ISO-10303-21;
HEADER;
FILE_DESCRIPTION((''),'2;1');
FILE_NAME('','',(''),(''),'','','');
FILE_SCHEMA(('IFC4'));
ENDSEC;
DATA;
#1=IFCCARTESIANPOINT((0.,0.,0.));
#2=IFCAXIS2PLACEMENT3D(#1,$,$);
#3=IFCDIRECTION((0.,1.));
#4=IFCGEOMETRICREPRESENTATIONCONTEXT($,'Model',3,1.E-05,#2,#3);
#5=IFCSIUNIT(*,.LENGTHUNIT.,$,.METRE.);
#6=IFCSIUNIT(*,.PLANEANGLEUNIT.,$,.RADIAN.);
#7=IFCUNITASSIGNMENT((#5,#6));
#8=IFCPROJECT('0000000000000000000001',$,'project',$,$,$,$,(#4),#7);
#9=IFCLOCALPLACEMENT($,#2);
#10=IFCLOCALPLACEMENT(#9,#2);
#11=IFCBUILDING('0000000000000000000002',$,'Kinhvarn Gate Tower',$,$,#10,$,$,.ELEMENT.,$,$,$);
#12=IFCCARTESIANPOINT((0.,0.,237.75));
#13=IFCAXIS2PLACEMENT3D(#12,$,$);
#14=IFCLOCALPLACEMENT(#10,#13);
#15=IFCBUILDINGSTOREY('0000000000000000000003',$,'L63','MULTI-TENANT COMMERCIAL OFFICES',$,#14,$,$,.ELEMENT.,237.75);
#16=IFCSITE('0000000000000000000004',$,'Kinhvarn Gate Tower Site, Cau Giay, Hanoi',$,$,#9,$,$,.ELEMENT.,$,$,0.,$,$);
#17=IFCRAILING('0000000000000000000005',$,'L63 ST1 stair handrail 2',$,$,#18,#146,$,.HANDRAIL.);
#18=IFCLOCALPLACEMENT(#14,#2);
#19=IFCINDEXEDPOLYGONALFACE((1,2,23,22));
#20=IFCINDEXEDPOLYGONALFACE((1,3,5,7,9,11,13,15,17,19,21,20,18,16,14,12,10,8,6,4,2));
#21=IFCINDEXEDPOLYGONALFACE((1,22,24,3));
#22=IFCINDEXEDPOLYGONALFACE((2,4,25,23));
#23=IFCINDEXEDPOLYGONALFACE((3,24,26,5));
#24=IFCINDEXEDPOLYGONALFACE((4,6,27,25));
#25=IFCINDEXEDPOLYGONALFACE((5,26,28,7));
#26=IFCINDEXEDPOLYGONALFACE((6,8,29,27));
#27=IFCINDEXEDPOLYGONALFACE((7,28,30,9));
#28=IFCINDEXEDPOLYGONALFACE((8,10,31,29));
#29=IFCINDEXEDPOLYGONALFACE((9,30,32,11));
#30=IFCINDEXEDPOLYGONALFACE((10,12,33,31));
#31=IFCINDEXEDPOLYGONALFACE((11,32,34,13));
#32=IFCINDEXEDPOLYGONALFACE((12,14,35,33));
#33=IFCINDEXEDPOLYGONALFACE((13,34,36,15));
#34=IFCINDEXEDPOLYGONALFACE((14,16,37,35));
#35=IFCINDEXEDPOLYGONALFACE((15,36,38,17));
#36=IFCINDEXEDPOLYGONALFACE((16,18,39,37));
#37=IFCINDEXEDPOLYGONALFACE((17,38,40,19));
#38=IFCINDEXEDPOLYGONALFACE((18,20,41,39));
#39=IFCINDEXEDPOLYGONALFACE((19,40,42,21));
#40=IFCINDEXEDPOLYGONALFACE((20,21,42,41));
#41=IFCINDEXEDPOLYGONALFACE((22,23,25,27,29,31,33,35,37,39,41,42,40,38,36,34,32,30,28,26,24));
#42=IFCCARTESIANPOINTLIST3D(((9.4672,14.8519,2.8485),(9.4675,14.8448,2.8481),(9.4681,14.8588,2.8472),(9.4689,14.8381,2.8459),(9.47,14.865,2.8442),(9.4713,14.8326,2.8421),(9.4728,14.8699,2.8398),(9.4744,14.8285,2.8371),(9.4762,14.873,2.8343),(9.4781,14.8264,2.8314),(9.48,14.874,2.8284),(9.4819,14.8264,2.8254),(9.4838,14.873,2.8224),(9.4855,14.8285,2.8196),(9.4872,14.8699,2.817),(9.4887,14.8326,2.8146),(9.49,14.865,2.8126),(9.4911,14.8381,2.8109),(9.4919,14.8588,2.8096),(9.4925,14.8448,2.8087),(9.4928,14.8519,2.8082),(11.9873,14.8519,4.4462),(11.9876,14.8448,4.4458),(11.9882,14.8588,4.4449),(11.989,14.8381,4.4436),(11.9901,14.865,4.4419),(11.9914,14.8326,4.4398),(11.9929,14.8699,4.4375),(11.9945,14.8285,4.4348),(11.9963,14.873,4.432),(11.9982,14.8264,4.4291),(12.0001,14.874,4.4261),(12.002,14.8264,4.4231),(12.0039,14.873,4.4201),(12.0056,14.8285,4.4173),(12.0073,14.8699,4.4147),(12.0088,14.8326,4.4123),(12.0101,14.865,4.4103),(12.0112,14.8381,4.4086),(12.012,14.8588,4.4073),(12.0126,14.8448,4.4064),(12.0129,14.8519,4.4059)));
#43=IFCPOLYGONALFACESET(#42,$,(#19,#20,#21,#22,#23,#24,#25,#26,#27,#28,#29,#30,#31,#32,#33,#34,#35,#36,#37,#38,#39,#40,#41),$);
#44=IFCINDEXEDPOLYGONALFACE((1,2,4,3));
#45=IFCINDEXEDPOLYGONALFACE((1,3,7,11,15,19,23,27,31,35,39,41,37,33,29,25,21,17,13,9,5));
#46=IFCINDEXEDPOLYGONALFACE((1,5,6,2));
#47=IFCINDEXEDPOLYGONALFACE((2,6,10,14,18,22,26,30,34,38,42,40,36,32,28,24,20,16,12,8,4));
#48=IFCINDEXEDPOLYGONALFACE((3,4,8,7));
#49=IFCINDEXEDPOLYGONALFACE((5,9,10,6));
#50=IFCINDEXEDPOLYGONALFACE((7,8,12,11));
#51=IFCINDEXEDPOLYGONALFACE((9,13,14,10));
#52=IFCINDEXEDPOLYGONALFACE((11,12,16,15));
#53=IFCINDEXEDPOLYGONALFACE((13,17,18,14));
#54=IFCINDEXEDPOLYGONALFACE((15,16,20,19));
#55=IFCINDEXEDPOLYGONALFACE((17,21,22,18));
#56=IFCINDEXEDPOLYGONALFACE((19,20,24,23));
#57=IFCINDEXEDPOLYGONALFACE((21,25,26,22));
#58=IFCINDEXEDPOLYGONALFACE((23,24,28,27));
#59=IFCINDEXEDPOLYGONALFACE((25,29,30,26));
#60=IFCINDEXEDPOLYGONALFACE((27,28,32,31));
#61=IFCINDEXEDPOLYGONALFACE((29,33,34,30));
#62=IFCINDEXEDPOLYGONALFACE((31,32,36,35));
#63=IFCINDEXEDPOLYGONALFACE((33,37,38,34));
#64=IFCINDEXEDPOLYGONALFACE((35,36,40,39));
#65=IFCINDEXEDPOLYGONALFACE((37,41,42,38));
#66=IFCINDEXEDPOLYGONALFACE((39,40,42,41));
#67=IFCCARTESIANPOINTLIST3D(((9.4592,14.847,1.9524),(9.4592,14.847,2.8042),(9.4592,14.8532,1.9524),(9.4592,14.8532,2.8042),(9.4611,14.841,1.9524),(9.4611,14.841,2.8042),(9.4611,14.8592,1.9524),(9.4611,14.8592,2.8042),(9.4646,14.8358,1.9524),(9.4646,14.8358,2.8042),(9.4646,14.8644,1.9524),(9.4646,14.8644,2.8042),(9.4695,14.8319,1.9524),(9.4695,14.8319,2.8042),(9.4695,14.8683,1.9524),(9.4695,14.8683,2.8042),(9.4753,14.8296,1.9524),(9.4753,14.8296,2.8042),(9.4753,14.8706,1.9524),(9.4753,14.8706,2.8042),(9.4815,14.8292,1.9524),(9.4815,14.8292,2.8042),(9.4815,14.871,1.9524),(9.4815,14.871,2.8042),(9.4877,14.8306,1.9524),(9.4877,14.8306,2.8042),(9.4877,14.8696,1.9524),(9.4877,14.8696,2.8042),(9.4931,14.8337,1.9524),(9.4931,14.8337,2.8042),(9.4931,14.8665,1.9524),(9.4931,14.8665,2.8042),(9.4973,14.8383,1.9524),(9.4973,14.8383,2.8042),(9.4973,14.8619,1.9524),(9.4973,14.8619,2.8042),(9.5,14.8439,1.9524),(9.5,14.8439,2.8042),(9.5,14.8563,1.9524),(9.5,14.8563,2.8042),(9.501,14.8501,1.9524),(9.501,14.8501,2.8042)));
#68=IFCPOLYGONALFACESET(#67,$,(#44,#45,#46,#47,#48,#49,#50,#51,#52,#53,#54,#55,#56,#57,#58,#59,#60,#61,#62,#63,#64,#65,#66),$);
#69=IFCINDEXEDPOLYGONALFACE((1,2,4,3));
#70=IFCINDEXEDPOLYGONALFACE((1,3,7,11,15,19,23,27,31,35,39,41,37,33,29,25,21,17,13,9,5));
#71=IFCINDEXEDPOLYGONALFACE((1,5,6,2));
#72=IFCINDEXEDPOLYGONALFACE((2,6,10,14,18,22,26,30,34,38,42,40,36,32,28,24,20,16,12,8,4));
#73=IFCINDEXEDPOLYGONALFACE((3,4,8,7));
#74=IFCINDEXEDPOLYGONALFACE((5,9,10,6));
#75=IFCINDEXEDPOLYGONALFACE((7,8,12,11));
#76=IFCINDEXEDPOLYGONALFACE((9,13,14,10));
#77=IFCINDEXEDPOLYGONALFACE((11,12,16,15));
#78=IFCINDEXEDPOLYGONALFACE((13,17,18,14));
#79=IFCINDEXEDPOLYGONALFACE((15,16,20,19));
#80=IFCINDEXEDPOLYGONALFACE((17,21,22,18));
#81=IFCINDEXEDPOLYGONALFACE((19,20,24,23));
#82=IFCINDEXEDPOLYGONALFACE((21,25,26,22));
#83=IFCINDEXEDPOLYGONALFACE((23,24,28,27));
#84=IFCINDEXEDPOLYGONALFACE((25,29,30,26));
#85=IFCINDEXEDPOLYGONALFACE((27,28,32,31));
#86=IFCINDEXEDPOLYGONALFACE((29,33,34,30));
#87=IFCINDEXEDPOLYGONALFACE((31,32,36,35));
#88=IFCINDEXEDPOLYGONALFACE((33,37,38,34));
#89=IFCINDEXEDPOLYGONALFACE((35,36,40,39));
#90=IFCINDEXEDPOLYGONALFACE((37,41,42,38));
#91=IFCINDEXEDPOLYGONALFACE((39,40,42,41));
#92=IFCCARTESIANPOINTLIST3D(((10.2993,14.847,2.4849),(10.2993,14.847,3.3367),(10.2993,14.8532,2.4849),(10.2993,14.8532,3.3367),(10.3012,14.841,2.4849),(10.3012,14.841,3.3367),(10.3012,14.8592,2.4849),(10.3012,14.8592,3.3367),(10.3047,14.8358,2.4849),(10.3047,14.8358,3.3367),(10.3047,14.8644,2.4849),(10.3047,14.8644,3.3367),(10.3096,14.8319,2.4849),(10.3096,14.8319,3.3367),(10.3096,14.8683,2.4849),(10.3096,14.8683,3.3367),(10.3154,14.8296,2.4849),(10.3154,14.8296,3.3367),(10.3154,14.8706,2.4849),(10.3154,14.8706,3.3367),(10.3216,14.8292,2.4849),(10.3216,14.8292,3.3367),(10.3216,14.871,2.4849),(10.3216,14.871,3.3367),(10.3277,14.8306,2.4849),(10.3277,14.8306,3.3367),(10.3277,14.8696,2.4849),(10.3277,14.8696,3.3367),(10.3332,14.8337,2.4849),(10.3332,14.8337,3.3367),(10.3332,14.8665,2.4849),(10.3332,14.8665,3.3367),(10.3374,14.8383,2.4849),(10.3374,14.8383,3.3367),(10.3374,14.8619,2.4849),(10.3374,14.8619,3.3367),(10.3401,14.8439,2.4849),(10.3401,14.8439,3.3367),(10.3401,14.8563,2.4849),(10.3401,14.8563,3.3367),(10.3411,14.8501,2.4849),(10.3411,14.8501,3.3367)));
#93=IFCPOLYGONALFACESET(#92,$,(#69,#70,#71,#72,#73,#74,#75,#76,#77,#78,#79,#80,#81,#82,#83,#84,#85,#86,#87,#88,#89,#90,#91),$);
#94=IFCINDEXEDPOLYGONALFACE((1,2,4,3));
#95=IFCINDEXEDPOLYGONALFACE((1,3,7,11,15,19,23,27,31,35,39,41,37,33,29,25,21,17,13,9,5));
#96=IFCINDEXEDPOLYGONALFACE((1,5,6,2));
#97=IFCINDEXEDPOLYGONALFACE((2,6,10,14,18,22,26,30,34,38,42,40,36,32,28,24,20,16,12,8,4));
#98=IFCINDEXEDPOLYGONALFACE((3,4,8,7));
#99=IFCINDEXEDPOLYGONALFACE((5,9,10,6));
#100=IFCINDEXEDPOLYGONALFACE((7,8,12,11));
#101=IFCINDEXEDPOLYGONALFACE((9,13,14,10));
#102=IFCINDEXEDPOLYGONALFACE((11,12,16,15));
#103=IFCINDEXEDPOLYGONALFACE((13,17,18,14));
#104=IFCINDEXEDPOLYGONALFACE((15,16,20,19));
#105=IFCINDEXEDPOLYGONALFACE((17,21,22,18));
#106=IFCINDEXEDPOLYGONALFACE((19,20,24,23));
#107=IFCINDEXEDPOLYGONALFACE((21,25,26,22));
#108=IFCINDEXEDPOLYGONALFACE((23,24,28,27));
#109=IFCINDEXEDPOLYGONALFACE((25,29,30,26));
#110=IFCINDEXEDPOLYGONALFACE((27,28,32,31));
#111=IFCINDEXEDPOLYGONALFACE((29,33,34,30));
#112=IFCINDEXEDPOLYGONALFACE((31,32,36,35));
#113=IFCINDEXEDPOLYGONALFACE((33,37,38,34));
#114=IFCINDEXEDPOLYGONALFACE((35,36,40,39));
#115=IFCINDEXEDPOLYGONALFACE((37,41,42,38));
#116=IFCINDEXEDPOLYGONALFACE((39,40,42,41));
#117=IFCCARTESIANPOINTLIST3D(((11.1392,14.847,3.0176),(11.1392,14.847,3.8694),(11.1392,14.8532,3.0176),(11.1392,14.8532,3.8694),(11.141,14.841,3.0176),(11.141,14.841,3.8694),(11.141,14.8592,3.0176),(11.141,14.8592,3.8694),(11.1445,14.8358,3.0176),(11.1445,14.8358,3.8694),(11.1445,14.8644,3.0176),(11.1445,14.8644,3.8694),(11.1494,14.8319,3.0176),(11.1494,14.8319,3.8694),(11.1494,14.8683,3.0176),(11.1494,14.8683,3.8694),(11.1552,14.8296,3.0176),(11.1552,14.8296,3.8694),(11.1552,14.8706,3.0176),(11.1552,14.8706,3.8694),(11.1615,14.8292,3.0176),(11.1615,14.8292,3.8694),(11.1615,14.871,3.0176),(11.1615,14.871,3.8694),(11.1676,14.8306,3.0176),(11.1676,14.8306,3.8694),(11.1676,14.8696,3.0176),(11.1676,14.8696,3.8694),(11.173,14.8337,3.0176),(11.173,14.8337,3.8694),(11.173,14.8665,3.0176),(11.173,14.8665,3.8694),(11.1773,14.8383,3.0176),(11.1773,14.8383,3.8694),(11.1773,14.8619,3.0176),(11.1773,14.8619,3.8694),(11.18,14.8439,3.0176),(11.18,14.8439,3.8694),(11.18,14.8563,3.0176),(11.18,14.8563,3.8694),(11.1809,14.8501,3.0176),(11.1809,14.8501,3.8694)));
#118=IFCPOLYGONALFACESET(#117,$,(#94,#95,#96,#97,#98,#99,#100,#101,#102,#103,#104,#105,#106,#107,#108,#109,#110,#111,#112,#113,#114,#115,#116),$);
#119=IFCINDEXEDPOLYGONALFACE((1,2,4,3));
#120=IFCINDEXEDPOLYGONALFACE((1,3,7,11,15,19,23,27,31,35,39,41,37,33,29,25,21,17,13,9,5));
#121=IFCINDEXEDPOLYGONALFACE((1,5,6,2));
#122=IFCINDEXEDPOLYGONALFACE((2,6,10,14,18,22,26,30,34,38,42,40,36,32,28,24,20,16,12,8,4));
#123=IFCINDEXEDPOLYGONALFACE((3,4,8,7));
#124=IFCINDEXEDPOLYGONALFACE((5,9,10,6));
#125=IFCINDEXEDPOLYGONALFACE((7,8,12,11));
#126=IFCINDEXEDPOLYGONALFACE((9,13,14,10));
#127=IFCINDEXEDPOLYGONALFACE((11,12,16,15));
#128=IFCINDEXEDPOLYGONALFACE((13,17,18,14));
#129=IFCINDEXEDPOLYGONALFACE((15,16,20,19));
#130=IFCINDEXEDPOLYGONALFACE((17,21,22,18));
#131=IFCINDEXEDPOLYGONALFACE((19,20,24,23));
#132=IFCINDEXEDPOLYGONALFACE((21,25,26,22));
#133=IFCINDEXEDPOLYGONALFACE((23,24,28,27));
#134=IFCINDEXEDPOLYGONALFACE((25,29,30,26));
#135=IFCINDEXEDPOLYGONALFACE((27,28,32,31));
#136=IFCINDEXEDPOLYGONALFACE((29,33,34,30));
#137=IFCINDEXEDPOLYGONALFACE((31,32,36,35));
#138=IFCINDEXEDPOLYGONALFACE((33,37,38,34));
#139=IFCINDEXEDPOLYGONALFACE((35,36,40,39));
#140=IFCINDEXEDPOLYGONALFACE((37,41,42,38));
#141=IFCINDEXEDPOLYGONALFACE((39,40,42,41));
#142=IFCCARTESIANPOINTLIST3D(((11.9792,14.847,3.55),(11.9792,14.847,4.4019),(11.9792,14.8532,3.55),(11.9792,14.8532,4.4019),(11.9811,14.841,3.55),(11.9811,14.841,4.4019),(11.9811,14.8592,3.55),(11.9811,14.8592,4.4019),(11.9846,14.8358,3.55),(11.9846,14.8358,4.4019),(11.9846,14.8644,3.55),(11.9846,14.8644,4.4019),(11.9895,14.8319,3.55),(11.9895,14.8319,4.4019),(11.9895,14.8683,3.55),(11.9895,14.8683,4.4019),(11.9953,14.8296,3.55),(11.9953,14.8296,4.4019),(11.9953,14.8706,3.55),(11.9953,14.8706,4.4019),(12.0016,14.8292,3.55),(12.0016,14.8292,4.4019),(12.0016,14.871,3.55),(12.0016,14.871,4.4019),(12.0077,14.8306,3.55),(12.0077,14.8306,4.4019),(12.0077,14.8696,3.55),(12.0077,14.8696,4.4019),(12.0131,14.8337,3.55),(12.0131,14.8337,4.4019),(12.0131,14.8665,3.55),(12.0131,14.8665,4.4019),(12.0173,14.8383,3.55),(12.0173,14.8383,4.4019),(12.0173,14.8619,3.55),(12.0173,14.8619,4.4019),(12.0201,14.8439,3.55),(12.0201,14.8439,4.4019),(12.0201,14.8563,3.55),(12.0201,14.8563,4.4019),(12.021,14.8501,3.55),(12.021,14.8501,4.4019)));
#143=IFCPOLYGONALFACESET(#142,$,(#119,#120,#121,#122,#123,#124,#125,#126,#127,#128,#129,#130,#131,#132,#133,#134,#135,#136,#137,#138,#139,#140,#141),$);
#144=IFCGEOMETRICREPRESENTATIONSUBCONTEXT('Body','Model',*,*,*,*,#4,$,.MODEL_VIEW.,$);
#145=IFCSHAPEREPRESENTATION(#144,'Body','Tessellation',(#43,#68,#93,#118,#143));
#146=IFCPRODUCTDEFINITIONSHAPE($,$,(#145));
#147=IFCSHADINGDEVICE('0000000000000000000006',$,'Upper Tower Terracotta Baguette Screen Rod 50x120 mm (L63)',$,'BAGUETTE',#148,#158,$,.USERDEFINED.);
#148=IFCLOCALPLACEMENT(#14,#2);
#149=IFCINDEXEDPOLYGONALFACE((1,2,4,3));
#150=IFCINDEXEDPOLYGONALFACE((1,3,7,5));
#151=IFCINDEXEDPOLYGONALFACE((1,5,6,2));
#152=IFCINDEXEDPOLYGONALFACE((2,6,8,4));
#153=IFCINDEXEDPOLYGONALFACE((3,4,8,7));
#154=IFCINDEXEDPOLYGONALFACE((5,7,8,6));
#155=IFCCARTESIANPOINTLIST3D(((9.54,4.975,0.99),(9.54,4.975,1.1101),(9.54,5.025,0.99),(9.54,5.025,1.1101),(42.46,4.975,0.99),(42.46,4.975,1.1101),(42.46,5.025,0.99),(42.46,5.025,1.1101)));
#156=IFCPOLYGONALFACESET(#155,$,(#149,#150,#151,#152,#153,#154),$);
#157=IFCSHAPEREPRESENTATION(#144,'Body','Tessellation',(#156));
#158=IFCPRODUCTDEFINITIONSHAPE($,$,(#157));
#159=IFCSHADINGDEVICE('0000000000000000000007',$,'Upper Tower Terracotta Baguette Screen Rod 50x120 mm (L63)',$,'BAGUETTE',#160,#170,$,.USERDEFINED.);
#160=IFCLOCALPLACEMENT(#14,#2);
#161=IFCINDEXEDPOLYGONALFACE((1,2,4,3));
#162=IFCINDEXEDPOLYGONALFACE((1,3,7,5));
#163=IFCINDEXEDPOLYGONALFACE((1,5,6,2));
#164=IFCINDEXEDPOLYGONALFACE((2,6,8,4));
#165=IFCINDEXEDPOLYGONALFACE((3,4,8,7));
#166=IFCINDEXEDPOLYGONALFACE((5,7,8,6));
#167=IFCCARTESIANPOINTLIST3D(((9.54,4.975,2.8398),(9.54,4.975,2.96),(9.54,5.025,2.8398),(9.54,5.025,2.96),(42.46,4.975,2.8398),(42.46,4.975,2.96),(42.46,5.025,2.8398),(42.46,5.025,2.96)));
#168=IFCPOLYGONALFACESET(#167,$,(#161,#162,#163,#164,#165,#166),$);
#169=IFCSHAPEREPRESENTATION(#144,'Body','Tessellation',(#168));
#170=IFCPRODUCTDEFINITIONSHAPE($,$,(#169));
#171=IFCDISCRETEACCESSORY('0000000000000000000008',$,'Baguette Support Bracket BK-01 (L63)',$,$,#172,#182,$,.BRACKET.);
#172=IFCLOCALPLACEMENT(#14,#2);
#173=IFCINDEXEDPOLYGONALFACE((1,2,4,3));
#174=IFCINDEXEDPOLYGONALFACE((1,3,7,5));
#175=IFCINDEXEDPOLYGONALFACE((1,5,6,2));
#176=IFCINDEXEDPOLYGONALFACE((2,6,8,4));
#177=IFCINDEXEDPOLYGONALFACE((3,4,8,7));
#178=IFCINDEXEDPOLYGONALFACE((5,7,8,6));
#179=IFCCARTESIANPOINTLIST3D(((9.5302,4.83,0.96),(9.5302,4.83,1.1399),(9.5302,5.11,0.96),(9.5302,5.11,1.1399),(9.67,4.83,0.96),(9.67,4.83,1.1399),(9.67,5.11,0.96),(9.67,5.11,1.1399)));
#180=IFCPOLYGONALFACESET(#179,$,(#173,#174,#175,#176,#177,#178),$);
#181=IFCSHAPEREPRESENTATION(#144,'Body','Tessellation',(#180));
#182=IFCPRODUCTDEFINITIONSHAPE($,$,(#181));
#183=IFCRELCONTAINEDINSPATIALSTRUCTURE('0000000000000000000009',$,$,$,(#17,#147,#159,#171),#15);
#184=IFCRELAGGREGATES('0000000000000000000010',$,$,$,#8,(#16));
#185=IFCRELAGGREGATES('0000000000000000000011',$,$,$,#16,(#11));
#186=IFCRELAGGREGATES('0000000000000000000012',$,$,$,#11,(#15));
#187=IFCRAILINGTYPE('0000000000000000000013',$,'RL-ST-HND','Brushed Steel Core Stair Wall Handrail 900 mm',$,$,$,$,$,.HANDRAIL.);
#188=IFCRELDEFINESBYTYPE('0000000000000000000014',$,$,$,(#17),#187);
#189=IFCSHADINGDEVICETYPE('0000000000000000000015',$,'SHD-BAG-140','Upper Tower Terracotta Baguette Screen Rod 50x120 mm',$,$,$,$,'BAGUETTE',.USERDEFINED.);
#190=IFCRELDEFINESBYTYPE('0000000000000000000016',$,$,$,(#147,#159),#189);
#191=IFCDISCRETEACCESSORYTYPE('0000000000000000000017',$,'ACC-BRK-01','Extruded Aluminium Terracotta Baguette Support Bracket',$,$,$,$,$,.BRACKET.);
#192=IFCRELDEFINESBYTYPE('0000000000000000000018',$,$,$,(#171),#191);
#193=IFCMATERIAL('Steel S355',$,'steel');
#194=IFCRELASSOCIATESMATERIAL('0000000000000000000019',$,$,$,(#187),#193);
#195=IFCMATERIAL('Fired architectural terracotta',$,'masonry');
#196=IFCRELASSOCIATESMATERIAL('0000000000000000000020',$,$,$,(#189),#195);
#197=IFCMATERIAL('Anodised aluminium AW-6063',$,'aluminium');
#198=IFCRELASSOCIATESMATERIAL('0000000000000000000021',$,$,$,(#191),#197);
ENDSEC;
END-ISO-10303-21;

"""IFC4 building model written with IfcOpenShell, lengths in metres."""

from ifc_helpers import new_model, si_unit, direction, frame, origin, origin_2d, place, context, subcontext, project, spatial, rectangle, circle, extrude, material, material_profile, profile_set, type_object, element, save


model = new_model("IFC4")

# Units and contexts
model_context = context("Model", 3, precision=1e-05, world=origin(), true_north=direction((0.0, 1.0)))
body_context = subcontext(model_context, "Body", "Model", "MODEL_VIEW")
ifc_project = project(units=[si_unit("LENGTHUNIT", "METRE"), si_unit("PLANEANGLEUNIT", "RADIAN")], contexts=[model_context])

# Site, building, storey
site_placement = place(None, origin())
site = spatial("IfcSite", under=ifc_project, at=site_placement, Name="Kinhvarn Gate Tower Site, Cau Giay, Hanoi", CompositionType="ELEMENT", RefElevation=0.0)
building_placement = place(site_placement, origin())
building = spatial("IfcBuilding", under=site, at=building_placement, Name="Kinhvarn Gate Tower", CompositionType="ELEMENT")
storey_placement = place(building_placement, frame((0.0, 0.0, 237.75)))
storey = spatial("IfcBuildingStorey", under=building, at=storey_placement, Name="L63", Description="MULTI-TENANT COMMERCIAL OFFICES", CompositionType="ELEMENT", Elevation=237.75)

# Shared definitions
ifc_material_1 = material(Name="Anodised aluminium AW-6063", Category="aluminium")

# Shared definitions
ifc_material_2 = material(Name="Steel S355", Category="steel")

# Shared definitions
ifc_material_3 = material(Name="Fired architectural terracotta", Category="masonry")

# Railing
railing_type_1 = type_object("IfcRailingType", Name="RL-ST-HND", Description="Brushed Steel Core Stair Wall Handrail 900 mm", PredefinedType="HANDRAIL", material=ifc_material_2)
railing_1_placement = place(storey_placement, frame((9.48, 14.8501, 1.9524)))
element("IfcRailing", 1, at=railing_1_placement, inside=storey, type_object=railing_type_1, Name="L63 ST1 stair handrail 2", PredefinedType="HANDRAIL", context=body_context, shape_type="SweptSolid", body=[
    extrude(circle(Radius=0.0239, at=origin_2d()), frame((0.0, 0.0, 0.876), z_axis=(0.84457, 0.0, 0.535445), x_axis=(0.0, 1.0, 0.0)), (0.0, 0.0, 1.0), 2.9839),
    extrude(circle(Radius=0.021, at=origin_2d()), origin(), (0.0, 0.0, 1.0), 0.8518),
    extrude(circle(Radius=0.021, at=origin_2d()), frame((0.8401, 0.0, 0.5325)), (0.0, 0.0, 1.0), 0.8518),
    extrude(circle(Radius=0.021, at=origin_2d()), frame((1.6799, 0.0, 1.0652)), (0.0, 0.0, 1.0), 0.8518),
    extrude(circle(Radius=0.021, at=origin_2d()), frame((2.52, 0.0, 1.5977)), (0.0, 0.0, 1.0), 0.8518),
])

# Shading devices
ifc_material_profile_1 = material_profile(ifc_material_3, rectangle(XDim=0.05, YDim=0.1201, at=origin_2d()), Name="TC 50x120")
ifc_profile_set_1 = profile_set([ifc_material_profile_1], Name="Fired architectural terracotta")
shading_device_type = type_object("IfcShadingDeviceType", Name="SHD-BAG-140", Description="Upper Tower Terracotta Baguette Screen Rod 50x120 mm", ElementType="BAGUETTE", PredefinedType="USERDEFINED", material=ifc_profile_set_1)
for number, where, z_axis, x_axis, name in (
    (2, (9.54, 5.0, 1.05), (1.0, 0.0, 0.0), (0.0, 1.0, 0.0), "Upper Tower Terracotta Baguette Screen Rod 50x120 mm (L63)"),
    (3, (9.54, 5.0, 2.8999), (1.0, 0.0, 0.0), (0.0, 1.0, 0.0), "Upper Tower Terracotta Baguette Screen Rod 50x120 mm (L63)"),
):
    element("IfcShadingDevice", number, at=place(storey_placement, frame(where, z_axis=z_axis, x_axis=x_axis)), inside=storey, type_object=shading_device_type, Name=name, ObjectType="BAGUETTE", PredefinedType="USERDEFINED", context=body_context, shape_type="SweptSolid", body=[
        extrude(rectangle(XDim=0.05, YDim=0.1201, at=origin_2d()), origin(), (0.0, 0.0, 1.0), 32.9199),
    ])

# Discrete accessory
discrete_accessory_type = type_object("IfcDiscreteAccessoryType", Name="ACC-BRK-01", Description="Extruded Aluminium Terracotta Baguette Support Bracket", PredefinedType="BRACKET", material=ifc_material_1)
discrete_accessory_placement = place(storey_placement, frame((9.6001, 4.97, 0.96), z_axis=(0.0, 0.0, 1.0), x_axis=(1.0, 0.0, 0.0)))
element("IfcDiscreteAccessory", 4, at=discrete_accessory_placement, inside=storey, type_object=discrete_accessory_type, Name="Baguette Support Bracket BK-01 (L63)", PredefinedType="BRACKET", context=body_context, shape_type="SweptSolid", body=[
    extrude(rectangle(XDim=0.1399, YDim=0.28, at=origin_2d()), origin(), (0.0, 0.0, 1.0), 0.1799),
])

save(model, "model.ifc")
